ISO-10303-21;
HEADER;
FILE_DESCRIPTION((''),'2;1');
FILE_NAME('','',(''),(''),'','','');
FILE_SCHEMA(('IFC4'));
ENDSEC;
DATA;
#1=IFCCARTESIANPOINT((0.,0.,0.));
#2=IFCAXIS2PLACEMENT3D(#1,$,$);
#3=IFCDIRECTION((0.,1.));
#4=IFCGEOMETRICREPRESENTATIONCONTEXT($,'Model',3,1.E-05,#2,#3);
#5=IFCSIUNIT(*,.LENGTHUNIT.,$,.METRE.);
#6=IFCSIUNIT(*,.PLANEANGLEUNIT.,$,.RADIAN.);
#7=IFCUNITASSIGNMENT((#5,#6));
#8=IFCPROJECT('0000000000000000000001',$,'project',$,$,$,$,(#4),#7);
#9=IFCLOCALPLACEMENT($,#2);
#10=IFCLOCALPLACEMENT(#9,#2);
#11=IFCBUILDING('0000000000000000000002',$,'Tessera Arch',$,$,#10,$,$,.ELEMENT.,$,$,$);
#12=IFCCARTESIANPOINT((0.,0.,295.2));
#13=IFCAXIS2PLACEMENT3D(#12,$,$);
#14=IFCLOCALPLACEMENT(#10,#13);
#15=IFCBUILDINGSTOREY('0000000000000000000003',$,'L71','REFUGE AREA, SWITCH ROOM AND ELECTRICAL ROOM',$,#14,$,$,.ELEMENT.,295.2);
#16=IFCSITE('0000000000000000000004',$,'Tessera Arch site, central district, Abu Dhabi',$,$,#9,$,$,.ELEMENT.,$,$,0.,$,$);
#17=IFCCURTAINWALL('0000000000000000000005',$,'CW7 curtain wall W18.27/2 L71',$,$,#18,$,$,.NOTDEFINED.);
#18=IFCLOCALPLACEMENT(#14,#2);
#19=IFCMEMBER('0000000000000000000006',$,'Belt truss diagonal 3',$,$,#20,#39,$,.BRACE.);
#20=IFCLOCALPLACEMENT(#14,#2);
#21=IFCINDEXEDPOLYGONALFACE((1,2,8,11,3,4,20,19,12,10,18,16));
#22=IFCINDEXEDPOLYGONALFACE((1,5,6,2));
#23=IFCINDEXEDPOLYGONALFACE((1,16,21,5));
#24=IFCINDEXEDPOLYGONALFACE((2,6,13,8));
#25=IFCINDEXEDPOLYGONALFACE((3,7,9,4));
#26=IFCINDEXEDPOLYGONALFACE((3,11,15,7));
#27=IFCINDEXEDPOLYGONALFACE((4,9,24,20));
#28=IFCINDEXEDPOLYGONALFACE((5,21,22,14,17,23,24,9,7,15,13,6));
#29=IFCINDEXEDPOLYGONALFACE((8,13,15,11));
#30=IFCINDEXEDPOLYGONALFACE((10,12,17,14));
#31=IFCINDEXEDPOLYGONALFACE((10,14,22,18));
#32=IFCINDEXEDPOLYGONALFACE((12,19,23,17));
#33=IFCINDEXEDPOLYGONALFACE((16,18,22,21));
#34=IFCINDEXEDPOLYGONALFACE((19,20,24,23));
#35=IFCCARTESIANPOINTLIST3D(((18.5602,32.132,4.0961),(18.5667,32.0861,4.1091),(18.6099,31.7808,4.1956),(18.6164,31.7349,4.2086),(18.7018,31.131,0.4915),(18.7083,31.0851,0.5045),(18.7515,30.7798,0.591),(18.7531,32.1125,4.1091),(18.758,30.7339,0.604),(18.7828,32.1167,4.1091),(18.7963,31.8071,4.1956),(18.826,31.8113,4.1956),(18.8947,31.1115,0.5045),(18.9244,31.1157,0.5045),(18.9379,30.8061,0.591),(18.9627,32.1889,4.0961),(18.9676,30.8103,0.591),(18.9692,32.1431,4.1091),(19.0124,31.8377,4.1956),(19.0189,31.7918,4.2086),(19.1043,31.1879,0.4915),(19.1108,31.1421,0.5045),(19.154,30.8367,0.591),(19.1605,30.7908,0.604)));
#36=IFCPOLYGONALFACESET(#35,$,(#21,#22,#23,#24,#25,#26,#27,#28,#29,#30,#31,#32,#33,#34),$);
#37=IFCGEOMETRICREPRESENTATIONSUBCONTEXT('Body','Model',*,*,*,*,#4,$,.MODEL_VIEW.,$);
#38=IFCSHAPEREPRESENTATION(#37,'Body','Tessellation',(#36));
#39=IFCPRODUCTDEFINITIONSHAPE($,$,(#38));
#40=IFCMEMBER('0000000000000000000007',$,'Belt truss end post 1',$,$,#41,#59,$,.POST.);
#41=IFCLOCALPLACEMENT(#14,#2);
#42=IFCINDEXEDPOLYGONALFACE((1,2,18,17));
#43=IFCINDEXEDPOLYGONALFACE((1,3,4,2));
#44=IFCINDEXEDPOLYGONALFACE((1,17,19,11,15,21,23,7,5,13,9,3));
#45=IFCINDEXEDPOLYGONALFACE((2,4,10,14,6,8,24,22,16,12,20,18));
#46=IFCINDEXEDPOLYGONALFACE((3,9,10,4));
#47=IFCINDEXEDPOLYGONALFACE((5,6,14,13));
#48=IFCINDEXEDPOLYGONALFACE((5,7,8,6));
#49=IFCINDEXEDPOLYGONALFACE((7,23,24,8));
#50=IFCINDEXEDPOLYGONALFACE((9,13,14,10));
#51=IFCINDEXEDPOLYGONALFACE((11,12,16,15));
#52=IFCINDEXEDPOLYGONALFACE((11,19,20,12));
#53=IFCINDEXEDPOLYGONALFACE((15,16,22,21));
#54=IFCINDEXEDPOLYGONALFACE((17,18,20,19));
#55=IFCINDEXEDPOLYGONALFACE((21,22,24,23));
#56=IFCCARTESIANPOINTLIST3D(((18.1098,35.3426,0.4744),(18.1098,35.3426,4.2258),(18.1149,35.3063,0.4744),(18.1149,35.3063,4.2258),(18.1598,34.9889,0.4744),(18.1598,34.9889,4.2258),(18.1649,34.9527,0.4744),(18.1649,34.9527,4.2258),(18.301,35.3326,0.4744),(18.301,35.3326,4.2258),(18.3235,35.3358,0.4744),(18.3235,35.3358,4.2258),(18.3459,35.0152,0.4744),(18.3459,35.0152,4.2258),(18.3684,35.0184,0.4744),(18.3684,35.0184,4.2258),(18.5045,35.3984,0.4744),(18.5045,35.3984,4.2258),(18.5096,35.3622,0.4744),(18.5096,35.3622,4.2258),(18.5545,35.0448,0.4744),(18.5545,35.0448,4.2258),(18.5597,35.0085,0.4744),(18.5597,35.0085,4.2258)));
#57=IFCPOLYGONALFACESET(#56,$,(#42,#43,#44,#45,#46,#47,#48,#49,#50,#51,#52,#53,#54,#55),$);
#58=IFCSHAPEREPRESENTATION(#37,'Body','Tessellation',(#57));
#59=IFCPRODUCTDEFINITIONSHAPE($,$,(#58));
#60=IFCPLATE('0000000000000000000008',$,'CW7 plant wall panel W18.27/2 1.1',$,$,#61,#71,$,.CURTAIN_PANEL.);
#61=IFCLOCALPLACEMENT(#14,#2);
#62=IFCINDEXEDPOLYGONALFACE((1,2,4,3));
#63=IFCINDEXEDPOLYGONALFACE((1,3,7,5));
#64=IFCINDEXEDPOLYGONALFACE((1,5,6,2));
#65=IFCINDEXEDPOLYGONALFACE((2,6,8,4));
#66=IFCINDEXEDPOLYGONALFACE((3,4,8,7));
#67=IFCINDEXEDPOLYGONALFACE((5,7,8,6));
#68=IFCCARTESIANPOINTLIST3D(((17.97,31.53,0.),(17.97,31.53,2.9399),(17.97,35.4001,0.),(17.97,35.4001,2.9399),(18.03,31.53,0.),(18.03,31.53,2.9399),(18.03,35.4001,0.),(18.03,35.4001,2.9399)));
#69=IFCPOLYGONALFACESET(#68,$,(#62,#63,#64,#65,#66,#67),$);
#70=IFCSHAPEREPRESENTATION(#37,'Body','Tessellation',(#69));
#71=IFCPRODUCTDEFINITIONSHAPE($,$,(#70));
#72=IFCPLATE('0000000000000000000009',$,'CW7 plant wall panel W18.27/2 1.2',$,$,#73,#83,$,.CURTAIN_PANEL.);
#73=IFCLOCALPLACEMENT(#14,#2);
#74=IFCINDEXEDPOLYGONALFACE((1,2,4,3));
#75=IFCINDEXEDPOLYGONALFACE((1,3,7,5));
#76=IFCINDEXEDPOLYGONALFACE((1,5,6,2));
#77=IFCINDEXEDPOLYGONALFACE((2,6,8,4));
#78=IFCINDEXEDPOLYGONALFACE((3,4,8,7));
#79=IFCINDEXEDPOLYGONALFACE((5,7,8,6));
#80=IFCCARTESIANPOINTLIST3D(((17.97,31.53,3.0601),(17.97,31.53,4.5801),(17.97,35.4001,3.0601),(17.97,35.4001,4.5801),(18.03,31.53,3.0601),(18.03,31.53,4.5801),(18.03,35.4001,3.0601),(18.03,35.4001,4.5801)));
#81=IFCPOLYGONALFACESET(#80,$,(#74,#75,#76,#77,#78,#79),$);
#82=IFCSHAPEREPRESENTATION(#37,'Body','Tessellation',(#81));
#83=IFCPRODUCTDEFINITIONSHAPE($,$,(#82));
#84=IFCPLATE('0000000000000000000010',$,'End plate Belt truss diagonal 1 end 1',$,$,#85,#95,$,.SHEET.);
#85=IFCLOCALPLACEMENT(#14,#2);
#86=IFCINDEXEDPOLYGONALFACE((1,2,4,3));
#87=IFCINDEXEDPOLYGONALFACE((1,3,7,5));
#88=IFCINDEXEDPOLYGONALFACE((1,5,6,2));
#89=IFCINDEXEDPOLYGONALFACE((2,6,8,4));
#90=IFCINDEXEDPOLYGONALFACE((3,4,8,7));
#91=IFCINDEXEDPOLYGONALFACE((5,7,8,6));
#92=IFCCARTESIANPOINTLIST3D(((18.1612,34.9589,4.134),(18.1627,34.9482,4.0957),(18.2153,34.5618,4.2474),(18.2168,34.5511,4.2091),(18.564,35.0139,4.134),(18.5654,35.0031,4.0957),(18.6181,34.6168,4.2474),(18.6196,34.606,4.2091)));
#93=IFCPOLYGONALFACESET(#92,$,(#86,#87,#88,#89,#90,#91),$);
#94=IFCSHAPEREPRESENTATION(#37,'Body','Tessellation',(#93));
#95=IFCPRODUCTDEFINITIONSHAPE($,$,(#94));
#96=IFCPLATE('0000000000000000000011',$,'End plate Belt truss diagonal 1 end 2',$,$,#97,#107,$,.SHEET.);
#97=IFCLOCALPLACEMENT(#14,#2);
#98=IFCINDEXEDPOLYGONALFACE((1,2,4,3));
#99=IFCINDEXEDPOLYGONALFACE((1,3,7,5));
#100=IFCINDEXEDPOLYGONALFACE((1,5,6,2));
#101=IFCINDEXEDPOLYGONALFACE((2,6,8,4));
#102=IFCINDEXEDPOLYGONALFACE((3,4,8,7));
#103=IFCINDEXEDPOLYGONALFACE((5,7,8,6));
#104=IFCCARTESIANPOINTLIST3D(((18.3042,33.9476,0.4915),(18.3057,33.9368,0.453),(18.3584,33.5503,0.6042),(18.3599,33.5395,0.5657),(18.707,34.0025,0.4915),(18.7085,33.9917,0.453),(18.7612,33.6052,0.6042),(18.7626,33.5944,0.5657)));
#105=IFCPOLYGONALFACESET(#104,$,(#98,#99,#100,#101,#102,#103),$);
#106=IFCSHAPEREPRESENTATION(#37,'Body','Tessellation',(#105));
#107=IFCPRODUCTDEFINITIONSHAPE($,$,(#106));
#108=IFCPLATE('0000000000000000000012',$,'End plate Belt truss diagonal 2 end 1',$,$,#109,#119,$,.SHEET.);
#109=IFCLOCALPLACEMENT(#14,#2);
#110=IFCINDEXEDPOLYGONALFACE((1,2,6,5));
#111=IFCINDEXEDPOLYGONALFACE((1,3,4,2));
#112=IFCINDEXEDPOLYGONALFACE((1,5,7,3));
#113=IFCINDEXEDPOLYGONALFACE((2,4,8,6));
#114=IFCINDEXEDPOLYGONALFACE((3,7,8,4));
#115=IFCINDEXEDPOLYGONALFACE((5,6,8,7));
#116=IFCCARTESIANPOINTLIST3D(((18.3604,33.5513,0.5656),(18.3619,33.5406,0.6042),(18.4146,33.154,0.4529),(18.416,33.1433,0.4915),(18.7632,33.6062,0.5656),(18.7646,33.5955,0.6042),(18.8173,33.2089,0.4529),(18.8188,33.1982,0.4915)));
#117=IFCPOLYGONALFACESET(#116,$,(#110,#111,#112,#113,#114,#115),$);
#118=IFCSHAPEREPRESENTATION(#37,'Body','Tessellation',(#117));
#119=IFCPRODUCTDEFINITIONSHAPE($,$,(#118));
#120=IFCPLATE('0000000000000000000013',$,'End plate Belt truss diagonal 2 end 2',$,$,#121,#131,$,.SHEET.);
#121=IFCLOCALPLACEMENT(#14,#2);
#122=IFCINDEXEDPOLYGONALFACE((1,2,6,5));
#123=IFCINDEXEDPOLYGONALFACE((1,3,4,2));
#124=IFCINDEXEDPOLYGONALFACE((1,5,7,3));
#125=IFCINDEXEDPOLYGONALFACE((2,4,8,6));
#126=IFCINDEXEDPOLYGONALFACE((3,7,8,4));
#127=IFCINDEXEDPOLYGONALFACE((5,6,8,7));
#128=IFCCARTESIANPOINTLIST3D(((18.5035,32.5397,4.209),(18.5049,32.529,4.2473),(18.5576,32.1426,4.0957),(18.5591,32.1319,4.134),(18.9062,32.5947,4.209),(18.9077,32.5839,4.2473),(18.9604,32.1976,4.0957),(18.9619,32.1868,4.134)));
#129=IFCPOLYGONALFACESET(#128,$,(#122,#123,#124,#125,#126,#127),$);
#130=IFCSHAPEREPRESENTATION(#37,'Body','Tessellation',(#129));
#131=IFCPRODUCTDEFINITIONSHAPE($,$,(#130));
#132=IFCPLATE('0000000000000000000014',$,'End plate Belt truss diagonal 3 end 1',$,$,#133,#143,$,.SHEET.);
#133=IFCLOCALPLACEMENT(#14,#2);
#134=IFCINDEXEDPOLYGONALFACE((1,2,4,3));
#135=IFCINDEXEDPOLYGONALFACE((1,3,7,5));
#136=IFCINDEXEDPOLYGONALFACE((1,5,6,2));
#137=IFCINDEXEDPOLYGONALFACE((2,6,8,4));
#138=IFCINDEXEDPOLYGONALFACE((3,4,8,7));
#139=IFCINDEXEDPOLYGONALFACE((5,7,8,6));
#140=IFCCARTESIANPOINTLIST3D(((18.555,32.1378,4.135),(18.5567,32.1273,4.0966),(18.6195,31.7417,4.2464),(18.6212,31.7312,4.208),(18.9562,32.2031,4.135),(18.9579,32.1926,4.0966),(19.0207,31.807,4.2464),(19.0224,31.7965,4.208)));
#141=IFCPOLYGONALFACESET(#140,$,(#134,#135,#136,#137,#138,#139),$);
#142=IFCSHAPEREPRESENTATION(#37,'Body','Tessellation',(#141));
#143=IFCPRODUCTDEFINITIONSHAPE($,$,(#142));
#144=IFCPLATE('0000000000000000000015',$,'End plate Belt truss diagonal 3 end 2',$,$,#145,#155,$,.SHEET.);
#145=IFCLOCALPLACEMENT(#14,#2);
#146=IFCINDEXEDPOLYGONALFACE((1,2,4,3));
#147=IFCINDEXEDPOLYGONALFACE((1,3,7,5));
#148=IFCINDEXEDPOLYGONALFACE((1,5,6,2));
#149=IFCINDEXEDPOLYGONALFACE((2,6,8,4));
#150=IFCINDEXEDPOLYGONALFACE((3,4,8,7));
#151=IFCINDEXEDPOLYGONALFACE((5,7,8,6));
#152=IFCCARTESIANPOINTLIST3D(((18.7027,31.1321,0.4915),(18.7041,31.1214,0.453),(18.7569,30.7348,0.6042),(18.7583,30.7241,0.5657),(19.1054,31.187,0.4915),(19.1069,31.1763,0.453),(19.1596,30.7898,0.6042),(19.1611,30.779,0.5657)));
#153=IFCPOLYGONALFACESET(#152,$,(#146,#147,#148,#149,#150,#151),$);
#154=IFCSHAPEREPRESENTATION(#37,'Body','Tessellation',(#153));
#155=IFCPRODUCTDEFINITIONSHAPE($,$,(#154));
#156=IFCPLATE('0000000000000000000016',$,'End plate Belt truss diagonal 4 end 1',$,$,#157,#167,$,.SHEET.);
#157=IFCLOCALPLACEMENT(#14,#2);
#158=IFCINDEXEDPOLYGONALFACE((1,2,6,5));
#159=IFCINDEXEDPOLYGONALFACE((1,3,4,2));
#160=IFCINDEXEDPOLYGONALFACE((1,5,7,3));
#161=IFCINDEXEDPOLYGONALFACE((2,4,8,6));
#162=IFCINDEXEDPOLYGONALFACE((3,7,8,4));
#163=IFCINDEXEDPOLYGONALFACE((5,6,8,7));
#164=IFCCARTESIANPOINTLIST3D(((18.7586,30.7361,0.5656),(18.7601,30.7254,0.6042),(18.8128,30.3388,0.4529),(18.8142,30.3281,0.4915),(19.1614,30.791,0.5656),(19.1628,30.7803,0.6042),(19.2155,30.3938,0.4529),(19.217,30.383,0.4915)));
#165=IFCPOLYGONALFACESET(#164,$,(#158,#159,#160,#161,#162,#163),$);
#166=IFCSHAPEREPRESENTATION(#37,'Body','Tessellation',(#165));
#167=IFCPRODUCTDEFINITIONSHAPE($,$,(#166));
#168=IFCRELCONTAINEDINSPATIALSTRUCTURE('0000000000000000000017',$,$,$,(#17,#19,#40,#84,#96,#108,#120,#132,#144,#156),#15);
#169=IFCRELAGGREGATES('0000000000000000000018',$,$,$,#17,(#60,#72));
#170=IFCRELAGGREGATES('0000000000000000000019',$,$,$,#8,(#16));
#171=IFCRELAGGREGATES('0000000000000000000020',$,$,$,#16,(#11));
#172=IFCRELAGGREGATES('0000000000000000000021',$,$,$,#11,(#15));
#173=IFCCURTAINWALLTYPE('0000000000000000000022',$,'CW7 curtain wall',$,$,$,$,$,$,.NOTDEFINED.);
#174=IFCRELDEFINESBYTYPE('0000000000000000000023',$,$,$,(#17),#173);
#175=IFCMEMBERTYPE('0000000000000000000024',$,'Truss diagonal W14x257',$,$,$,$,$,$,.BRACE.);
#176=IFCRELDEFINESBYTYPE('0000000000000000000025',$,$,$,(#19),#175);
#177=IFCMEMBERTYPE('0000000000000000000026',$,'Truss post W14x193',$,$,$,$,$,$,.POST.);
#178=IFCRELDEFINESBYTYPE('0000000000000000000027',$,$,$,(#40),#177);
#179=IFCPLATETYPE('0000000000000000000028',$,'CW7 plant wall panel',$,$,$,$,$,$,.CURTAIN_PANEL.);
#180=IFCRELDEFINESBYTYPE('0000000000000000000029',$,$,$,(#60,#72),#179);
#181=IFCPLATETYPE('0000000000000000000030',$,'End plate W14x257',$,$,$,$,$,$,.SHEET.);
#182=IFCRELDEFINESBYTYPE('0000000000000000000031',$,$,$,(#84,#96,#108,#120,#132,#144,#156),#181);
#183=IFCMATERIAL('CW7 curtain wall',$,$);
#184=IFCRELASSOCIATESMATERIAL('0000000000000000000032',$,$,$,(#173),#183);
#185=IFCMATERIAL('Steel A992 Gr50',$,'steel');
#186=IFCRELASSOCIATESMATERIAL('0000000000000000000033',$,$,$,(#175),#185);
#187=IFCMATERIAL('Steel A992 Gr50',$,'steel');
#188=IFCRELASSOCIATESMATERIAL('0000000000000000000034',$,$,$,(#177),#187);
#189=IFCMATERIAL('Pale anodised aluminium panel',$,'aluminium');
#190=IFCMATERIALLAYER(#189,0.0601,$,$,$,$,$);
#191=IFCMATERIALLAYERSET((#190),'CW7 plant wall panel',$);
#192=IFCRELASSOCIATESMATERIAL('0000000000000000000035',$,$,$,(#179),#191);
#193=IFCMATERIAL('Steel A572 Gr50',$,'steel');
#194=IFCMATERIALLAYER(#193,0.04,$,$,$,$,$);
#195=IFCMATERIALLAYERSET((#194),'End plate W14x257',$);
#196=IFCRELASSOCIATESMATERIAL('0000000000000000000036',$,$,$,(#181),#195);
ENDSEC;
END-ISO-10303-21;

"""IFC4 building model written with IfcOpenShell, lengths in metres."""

from ifc_helpers import new_model, si_unit, direction, frame, origin, origin_2d, place, context, subcontext, project, spatial, rectangle, i_section, extrude, material, layer, layer_set, material_profile, profile_set, type_object, element, aggregate, save


model = new_model("IFC4")

# Units and contexts
model_context = context("Model", 3, precision=1e-05, world=origin(), true_north=direction((0.0, 1.0)))
body_context = subcontext(model_context, "Body", "Model", "MODEL_VIEW")
ifc_project = project(units=[si_unit("LENGTHUNIT", "METRE"), si_unit("PLANEANGLEUNIT", "RADIAN")], contexts=[model_context])

# Site, building, storey
site_placement = place(None, origin())
site = spatial("IfcSite", under=ifc_project, at=site_placement, Name="Tessera Arch site, central district, Abu Dhabi", CompositionType="ELEMENT", RefElevation=0.0)
building_placement = place(site_placement, origin())
building = spatial("IfcBuilding", under=site, at=building_placement, Name="Tessera Arch", CompositionType="ELEMENT")
storey_placement = place(building_placement, frame((0.0, 0.0, 295.2)))
storey = spatial("IfcBuildingStorey", under=building, at=storey_placement, Name="L71", Description="REFUGE AREA, SWITCH ROOM AND ELECTRICAL ROOM", CompositionType="ELEMENT", Elevation=295.2)

# Curtain wall
ifc_material_1 = material(Name="CW7 curtain wall")
curtain_wall_type = type_object("IfcCurtainWallType", Name="CW7 curtain wall", PredefinedType="NOTDEFINED", material=ifc_material_1)
curtain_wall_placement = place(storey_placement, origin())
curtain_wall = element("IfcCurtainWall", 1, at=curtain_wall_placement, inside=storey, type_object=curtain_wall_type, Name="CW7 curtain wall W18.27/2 L71", PredefinedType="NOTDEFINED")

# Members
ifc_material_2 = material(Name="Steel A992 Gr50", Category="steel")
ifc_material_profile_1 = material_profile(ifc_material_2, i_section(OverallWidth=0.4065, OverallDepth=0.4165, WebThickness=0.03, FlangeThickness=0.0481, at=origin_2d()), Name="W14x257")
ifc_profile_set_1 = profile_set([ifc_material_profile_1], Name="Steel A992 Gr50")
member_type_1 = type_object("IfcMemberType", Name="Truss diagonal W14x257", PredefinedType="BRACE", material=ifc_profile_set_1)
member_1_placement = place(storey_placement, frame((18.7896, 31.9619, 4.1523), z_axis=(0.037825, -0.267385, -0.962847), x_axis=(0.990142, 0.140069, 0.0)))
element("IfcMember", 2, at=member_1_placement, inside=storey, type_object=member_type_1, Name="Belt truss diagonal 3", PredefinedType="BRACE", context=body_context, shape_type="SweptSolid", body=[
    extrude(i_section(OverallWidth=0.4065, OverallDepth=0.4165, WebThickness=0.03, FlangeThickness=0.0481, at=origin_2d()), origin(), (0.0, 0.0, 1.0), 3.7437),
])
ifc_material_3 = material(Name="Steel A992 Gr50", Category="steel")
ifc_material_profile_2 = material_profile(ifc_material_3, i_section(OverallWidth=0.3987, OverallDepth=0.3938, WebThickness=0.0227, FlangeThickness=0.0366, at=origin_2d()), Name="W14x193")
ifc_profile_set_2 = profile_set([ifc_material_profile_2], Name="Steel A992 Gr50")
member_type_2 = type_object("IfcMemberType", Name="Truss post W14x193", PredefinedType="POST", material=ifc_profile_set_2)
member_2_placement = place(storey_placement, frame((18.3347, 35.1755, 0.4744), z_axis=(0.0, 0.0, 1.0), x_axis=(0.990139, 0.140089, 0.0)))
element("IfcMember", 3, at=member_2_placement, inside=storey, type_object=member_type_2, Name="Belt truss end post 1", PredefinedType="POST", context=body_context, shape_type="SweptSolid", body=[
    extrude(i_section(OverallWidth=0.3987, OverallDepth=0.3938, WebThickness=0.0227, FlangeThickness=0.0366, at=origin_2d()), origin(), (0.0, 0.0, 1.0), 3.7515),
])

# Plates
ifc_material_4 = material(Name="Pale anodised aluminium panel", Category="aluminium")
ifc_layer_1 = layer(ifc_material_4, 0.0601)
ifc_layer_set_1 = layer_set([ifc_layer_1], Name="CW7 plant wall panel")
plate_type_1 = type_object("IfcPlateType", Name="CW7 plant wall panel", PredefinedType="CURTAIN_PANEL", material=ifc_layer_set_1)
plate_1_placement = place(storey_placement, frame((18.0, 33.4651, 0.0), z_axis=(0.0, 0.0, 1.0), x_axis=(0.0, -1.0, 0.0)))
plate_1 = element("IfcPlate", 4, at=plate_1_placement, type_object=plate_type_1, Name="CW7 plant wall panel W18.27/2 1.1", PredefinedType="CURTAIN_PANEL", context=body_context, shape_type="SweptSolid", body=[
    extrude(rectangle(XDim=3.8701, YDim=0.0601, at=origin_2d()), origin(), (0.0, 0.0, 1.0), 2.9399),
])
plate_2_placement = place(storey_placement, frame((18.0, 33.4651, 3.0601), z_axis=(0.0, 0.0, 1.0), x_axis=(0.0, -1.0, 0.0)))
plate_2 = element("IfcPlate", 5, at=plate_2_placement, type_object=plate_type_1, Name="CW7 plant wall panel W18.27/2 1.2", PredefinedType="CURTAIN_PANEL", context=body_context, shape_type="SweptSolid", body=[
    extrude(rectangle(XDim=3.8701, YDim=0.0601, at=origin_2d()), origin(), (0.0, 0.0, 1.0), 1.52),
])
aggregate(curtain_wall, [plate_1, plate_2])

# Plates
ifc_material_5 = material(Name="Steel A572 Gr50", Category="steel")
ifc_layer_2 = layer(ifc_material_5, 0.04)
ifc_layer_set_2 = layer_set([ifc_layer_2], Name="End plate W14x257")
plate_type_2 = type_object("IfcPlateType", Name="End plate W14x257", PredefinedType="SHEET", material=ifc_layer_set_2)
plate_3_placement = place(storey_placement, frame((18.3896, 34.7878, 4.1907), z_axis=(0.036774, -0.269675, -0.962249), x_axis=(0.99083, 0.135113, 0.0)))
element("IfcPlate", 6, at=plate_3_placement, inside=storey, type_object=plate_type_2, Name="End plate Belt truss diagonal 1 end 1", PredefinedType="SHEET", context=body_context, shape_type="SweptSolid", body=[
    extrude(rectangle(XDim=0.4065, YDim=0.4165, at=origin_2d()), origin(), (0.0, 0.0, 1.0), 0.0398),
])
for number, where, z_axis, x_axis, name in (
    (7, (18.5327, 33.7764, 0.5479), (0.036558, -0.268093, -0.962699), (0.99083, 0.135113, 0.0), "End plate Belt truss diagonal 1 end 2"),
    (8, (18.5889, 33.3801, 0.5093), (0.036558, -0.268093, 0.962699), (0.99083, 0.135113, 0.0), "End plate Belt truss diagonal 2 end 1"),
):
    element("IfcPlate", number, at=place(storey_placement, frame(where, z_axis=z_axis, x_axis=x_axis)), inside=storey, type_object=plate_type_2, Name=name, PredefinedType="SHEET", context=body_context, shape_type="SweptSolid", body=[
        extrude(rectangle(XDim=0.4065, YDim=0.4165, at=origin_2d()), origin(), (0.0, 0.0, 1.0), 0.04),
    ])
for number, where, z_axis, x_axis, name in (
    (9, (18.7319, 32.3687, 4.1523), (0.036774, -0.269675, 0.962249), (0.99083, 0.135113, 0.0), "End plate Belt truss diagonal 2 end 2"),
    (10, (18.7878, 31.9724, 4.1907), (0.042963, -0.263913, -0.963589), (0.987007, 0.160676, 0.0), "End plate Belt truss diagonal 3 end 1"),
):
    element("IfcPlate", number, at=place(storey_placement, frame(where, z_axis=z_axis, x_axis=x_axis)), inside=storey, type_object=plate_type_2, Name=name, PredefinedType="SHEET", context=body_context, shape_type="SweptSolid", body=[
        extrude(rectangle(XDim=0.4065, YDim=0.4165, at=origin_2d()), origin(), (0.0, 0.0, 1.0), 0.0398),
    ])
for number, where, z_axis, x_axis, name in (
    (11, (18.9312, 30.9609, 0.5479), (0.036558, -0.268093, -0.962699), (0.99083, 0.135113, 0.0), "End plate Belt truss diagonal 3 end 2"),
    (12, (18.9871, 30.5649, 0.5093), (0.036558, -0.268093, 0.962699), (0.99083, 0.135113, 0.0), "End plate Belt truss diagonal 4 end 1"),
):
    element("IfcPlate", number, at=place(storey_placement, frame(where, z_axis=z_axis, x_axis=x_axis)), inside=storey, type_object=plate_type_2, Name=name, PredefinedType="SHEET", context=body_context, shape_type="SweptSolid", body=[
        extrude(rectangle(XDim=0.4065, YDim=0.4165, at=origin_2d()), origin(), (0.0, 0.0, 1.0), 0.04),
    ])

save(model, "model.ifc")
